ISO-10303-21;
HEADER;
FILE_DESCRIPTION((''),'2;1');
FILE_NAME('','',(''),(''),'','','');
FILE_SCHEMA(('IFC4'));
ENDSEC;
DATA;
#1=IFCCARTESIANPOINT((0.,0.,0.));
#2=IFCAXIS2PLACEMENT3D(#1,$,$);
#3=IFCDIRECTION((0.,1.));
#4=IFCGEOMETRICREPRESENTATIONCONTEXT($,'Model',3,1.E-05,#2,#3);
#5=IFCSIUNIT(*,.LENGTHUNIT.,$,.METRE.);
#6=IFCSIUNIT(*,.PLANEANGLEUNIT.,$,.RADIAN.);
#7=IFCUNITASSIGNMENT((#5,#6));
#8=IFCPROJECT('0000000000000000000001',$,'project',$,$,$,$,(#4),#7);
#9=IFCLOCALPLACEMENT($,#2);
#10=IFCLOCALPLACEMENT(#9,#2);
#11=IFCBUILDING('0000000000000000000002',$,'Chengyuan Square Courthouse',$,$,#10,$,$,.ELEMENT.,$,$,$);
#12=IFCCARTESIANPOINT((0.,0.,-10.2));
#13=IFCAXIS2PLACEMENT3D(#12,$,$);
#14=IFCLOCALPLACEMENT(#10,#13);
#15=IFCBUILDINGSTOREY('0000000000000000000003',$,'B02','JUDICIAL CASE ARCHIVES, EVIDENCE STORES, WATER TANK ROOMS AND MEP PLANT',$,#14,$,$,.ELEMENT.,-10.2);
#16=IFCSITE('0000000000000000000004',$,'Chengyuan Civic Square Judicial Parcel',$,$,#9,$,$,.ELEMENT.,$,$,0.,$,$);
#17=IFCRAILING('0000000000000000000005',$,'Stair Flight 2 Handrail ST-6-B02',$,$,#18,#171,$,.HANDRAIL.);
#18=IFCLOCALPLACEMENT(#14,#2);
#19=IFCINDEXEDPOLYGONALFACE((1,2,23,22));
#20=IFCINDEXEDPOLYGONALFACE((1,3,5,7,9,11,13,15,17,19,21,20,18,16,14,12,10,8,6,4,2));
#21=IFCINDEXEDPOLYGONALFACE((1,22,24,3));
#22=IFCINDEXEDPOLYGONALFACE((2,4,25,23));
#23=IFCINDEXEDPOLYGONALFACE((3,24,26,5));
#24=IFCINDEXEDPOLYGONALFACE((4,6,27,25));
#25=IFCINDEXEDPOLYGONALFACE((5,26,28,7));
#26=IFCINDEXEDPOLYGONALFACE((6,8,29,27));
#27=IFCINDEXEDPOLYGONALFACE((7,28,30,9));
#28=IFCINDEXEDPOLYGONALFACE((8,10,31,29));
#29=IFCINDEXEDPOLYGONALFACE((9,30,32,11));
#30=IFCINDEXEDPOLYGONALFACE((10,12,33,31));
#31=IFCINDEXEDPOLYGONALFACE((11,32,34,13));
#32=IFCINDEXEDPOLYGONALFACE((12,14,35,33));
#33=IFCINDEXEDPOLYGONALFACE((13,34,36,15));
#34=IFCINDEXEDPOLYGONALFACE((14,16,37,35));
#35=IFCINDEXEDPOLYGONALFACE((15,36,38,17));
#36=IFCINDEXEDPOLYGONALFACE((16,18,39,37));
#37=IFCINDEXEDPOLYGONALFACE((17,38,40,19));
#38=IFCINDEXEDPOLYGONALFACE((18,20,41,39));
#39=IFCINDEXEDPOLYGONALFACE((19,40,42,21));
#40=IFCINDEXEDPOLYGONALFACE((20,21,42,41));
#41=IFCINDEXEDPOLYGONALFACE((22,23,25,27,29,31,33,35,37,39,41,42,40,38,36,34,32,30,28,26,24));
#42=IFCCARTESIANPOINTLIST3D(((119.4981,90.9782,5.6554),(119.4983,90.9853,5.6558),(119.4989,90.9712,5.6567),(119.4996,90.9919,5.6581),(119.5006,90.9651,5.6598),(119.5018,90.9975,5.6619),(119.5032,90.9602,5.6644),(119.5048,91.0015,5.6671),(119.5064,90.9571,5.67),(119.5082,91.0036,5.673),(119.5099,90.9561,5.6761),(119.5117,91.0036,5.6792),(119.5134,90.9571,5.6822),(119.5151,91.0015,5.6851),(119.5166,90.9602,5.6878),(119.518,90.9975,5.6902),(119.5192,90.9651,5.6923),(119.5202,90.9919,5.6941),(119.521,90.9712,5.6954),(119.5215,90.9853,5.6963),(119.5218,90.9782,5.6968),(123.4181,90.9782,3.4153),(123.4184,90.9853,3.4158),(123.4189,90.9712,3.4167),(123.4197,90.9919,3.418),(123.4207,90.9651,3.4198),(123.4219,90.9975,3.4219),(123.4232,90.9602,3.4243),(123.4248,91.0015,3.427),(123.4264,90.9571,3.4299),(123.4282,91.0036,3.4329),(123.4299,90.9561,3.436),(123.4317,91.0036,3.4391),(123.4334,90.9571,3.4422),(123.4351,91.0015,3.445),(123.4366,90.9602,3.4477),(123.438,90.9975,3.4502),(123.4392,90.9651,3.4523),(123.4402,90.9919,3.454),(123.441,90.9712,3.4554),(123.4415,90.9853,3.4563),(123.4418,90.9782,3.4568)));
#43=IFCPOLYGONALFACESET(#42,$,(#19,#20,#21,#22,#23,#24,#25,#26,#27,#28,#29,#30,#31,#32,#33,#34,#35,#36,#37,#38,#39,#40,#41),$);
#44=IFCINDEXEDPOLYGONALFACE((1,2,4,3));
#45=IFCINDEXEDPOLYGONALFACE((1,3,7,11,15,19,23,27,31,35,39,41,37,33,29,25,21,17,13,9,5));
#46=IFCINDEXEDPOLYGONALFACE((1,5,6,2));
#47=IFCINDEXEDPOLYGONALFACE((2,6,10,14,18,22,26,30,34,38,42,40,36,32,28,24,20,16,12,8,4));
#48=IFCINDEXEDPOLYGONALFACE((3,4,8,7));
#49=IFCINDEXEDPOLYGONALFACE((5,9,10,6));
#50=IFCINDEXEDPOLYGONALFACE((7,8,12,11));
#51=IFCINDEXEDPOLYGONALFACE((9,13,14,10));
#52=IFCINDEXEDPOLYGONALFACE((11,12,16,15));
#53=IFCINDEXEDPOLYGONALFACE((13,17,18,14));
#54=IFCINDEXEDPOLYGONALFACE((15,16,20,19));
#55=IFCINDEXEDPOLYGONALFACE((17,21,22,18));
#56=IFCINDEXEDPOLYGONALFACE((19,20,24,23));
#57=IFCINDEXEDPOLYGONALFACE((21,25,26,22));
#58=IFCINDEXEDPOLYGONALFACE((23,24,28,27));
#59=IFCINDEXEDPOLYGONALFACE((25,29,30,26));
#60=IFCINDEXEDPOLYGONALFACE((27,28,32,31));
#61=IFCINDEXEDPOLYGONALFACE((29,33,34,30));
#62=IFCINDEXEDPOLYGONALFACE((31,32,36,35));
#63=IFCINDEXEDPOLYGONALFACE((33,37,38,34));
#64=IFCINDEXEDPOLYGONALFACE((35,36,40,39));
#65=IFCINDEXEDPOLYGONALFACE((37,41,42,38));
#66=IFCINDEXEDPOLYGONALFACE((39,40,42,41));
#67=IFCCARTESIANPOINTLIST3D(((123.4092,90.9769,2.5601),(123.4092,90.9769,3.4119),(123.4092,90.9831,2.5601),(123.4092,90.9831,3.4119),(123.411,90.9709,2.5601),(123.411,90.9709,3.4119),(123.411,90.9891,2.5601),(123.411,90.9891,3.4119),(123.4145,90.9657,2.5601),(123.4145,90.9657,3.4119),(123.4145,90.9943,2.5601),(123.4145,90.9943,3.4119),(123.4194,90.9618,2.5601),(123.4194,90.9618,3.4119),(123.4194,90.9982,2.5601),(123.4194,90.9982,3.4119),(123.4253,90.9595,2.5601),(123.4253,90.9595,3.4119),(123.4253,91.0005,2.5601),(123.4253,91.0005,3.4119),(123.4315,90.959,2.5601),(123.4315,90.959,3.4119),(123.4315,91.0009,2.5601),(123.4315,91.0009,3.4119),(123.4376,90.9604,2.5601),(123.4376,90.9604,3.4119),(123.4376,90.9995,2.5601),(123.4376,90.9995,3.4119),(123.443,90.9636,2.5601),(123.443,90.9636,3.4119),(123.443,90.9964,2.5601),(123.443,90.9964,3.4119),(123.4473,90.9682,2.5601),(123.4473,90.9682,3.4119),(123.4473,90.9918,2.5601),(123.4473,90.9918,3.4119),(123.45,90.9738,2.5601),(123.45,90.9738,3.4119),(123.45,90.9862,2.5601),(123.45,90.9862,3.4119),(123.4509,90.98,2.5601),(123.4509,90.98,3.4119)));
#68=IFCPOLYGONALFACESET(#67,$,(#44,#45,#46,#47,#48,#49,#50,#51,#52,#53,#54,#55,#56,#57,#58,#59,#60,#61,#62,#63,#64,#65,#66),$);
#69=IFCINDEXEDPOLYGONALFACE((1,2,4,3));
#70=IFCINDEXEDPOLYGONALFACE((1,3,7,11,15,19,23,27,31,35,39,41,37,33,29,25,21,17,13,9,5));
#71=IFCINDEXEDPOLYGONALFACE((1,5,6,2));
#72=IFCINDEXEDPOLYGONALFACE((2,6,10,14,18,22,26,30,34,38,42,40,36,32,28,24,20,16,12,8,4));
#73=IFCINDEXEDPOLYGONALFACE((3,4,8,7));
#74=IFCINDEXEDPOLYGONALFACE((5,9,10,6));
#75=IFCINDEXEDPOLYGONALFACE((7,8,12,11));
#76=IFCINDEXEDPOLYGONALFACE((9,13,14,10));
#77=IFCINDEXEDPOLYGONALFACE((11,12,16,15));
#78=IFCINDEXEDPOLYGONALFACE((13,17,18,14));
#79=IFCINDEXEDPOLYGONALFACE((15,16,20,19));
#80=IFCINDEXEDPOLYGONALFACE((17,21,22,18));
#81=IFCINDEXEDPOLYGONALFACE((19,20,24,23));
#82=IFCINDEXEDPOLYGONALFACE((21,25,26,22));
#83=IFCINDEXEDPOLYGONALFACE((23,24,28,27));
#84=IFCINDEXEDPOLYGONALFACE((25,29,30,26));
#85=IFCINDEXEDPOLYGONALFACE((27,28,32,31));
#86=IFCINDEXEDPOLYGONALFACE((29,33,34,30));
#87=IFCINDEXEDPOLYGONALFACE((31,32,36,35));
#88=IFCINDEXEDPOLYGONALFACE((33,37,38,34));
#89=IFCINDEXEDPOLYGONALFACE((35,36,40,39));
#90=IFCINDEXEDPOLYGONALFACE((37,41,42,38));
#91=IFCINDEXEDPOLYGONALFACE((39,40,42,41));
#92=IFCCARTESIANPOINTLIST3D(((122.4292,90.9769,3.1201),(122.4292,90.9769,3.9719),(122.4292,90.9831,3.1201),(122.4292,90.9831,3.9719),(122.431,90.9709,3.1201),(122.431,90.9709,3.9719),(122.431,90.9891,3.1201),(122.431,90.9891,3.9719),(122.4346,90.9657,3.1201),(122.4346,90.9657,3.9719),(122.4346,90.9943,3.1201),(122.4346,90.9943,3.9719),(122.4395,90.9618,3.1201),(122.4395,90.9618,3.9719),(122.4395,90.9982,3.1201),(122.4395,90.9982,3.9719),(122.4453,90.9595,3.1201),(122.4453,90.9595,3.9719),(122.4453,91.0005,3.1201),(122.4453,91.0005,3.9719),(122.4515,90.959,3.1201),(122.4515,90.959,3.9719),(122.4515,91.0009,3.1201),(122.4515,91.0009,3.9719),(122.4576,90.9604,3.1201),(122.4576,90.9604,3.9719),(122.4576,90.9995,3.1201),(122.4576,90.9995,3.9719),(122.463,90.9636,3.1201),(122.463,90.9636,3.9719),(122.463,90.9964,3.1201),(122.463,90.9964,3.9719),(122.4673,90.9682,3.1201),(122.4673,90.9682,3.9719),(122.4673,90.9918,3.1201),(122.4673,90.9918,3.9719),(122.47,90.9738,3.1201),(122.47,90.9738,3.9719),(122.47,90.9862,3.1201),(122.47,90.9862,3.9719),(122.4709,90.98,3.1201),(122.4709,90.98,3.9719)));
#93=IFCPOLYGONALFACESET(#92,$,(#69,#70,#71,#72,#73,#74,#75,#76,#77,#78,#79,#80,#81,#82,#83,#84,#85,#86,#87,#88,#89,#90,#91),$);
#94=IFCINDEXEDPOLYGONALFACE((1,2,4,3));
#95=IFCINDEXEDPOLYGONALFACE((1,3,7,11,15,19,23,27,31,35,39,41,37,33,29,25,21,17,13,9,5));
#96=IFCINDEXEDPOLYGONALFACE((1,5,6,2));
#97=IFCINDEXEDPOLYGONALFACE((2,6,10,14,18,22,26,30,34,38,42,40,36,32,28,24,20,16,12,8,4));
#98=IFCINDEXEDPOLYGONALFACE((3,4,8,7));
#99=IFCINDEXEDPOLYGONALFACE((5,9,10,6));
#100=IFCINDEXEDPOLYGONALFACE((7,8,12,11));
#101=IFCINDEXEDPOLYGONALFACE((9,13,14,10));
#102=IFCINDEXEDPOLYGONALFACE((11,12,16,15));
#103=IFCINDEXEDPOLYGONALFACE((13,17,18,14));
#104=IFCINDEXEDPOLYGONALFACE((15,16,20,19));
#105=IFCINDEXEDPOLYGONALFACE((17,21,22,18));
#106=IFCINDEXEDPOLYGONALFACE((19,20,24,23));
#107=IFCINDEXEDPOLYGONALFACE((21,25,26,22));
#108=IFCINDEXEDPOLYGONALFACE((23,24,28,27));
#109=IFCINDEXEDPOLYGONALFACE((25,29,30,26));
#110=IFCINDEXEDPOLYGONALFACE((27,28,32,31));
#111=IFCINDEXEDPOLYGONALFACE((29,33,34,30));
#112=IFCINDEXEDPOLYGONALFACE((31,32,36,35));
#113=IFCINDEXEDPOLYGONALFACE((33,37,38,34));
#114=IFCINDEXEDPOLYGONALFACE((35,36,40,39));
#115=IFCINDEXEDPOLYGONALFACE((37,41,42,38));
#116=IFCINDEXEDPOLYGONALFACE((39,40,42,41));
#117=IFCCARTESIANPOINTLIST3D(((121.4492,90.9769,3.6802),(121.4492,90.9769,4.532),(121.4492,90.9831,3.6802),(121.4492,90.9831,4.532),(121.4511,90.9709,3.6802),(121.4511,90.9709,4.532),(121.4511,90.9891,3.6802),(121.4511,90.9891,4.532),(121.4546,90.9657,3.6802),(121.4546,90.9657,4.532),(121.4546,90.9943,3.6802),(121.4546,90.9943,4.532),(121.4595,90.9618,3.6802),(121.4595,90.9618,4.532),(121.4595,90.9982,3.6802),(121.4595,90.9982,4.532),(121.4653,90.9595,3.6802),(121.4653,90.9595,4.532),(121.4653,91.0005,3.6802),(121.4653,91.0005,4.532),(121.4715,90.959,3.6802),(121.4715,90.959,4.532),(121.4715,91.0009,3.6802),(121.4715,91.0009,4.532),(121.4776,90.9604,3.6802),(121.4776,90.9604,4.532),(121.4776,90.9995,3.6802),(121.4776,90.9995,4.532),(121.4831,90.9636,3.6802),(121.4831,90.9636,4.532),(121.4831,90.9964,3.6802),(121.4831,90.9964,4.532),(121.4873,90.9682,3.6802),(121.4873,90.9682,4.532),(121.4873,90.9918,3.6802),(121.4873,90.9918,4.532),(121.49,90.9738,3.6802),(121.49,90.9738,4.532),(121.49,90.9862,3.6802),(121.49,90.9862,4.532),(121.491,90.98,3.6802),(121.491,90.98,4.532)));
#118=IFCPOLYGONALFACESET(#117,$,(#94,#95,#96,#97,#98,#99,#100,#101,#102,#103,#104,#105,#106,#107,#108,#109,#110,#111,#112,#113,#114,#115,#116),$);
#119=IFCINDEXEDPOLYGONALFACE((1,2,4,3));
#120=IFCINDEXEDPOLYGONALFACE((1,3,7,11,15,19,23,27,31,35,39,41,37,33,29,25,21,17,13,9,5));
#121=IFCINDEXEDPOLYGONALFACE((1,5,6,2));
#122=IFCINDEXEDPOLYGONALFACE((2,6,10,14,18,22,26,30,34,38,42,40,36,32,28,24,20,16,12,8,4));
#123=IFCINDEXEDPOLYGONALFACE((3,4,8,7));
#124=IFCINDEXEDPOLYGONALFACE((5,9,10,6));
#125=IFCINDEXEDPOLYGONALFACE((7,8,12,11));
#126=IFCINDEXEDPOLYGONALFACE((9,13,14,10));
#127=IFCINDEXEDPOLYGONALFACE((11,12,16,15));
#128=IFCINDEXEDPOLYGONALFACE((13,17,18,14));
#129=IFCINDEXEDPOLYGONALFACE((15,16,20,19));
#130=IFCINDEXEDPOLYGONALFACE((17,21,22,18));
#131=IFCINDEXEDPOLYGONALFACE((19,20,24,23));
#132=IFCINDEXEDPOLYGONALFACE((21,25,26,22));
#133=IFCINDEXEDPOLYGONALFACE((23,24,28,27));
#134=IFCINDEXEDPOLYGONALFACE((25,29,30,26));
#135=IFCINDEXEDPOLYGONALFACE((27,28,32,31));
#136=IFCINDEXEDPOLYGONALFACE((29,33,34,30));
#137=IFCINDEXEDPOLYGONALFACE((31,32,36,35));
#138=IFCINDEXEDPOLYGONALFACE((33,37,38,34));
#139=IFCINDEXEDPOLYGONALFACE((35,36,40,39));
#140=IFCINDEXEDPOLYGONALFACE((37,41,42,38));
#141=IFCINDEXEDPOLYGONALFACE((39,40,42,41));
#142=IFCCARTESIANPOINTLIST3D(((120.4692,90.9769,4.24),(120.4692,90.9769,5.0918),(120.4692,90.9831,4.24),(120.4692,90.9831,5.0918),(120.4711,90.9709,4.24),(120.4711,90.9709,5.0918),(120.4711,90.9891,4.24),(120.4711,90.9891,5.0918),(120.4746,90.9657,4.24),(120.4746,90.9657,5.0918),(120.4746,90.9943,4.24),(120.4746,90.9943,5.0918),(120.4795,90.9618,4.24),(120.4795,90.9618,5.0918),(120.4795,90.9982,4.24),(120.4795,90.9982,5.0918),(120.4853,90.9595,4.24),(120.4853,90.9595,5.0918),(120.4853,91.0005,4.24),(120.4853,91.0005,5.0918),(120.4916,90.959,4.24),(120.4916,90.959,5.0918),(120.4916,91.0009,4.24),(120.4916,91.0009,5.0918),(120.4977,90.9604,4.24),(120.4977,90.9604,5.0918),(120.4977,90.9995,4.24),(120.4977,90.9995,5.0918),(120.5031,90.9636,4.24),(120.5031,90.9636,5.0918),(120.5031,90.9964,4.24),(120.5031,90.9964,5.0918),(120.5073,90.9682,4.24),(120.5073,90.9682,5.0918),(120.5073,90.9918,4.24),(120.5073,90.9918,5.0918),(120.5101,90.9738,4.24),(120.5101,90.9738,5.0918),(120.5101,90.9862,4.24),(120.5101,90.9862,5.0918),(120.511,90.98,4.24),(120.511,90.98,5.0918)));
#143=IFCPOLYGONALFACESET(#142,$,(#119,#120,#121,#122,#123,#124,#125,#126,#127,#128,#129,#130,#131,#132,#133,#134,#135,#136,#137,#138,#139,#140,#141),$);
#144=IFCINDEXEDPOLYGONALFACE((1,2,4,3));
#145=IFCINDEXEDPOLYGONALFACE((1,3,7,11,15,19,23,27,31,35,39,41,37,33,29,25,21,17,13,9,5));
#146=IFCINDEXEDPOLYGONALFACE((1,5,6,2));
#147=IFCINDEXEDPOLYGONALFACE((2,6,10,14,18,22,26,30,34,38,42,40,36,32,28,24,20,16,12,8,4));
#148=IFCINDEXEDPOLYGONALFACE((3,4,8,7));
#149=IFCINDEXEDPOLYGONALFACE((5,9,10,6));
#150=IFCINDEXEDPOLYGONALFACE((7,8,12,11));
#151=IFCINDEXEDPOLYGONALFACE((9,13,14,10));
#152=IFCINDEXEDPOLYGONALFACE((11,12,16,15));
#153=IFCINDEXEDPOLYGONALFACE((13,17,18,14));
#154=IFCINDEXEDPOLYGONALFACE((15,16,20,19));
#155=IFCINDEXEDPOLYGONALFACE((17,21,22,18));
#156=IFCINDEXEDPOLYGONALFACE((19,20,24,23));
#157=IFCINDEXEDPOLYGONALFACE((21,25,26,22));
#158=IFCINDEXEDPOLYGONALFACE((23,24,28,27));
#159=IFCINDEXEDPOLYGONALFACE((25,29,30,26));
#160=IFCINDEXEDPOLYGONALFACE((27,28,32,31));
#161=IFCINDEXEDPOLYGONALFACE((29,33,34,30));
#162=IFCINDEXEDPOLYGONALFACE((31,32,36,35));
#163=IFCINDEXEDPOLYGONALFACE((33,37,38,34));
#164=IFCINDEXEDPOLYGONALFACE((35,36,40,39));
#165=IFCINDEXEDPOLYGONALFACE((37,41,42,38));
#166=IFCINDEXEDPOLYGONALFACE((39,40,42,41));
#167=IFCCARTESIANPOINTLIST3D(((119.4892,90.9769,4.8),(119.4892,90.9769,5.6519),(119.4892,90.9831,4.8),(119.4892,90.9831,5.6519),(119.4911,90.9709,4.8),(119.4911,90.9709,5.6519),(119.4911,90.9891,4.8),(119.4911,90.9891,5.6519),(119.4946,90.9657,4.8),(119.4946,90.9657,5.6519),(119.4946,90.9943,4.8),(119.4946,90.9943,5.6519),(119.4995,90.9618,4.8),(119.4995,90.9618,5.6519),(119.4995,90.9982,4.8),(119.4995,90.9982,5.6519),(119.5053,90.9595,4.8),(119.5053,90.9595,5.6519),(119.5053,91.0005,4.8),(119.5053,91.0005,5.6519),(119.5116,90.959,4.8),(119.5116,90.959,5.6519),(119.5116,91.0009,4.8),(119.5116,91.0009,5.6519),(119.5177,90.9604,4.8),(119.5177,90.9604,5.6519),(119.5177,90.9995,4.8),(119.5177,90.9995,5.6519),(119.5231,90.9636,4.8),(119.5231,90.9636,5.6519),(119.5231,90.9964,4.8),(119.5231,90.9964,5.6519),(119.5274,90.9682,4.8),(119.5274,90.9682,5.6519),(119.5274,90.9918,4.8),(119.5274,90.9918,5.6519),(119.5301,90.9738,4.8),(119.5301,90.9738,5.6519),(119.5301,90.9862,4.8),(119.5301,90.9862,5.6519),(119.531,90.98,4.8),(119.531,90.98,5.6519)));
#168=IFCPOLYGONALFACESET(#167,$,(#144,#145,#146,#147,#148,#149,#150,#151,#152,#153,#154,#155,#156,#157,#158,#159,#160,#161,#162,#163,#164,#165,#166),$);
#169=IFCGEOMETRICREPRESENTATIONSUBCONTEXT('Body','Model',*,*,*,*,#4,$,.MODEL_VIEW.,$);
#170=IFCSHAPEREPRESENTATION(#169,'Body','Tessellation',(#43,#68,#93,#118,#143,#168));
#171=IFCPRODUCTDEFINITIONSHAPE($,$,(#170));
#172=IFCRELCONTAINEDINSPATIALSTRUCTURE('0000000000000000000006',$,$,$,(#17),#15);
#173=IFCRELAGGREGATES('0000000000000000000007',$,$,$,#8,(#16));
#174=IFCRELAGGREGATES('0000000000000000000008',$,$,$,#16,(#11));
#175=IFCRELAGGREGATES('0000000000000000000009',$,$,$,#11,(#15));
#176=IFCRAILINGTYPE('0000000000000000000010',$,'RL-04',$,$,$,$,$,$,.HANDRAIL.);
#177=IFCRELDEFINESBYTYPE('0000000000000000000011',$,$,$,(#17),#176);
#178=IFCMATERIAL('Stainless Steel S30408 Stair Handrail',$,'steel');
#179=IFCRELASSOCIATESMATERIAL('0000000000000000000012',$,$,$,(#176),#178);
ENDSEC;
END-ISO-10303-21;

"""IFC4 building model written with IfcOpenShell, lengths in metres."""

from ifc_helpers import new_model, si_unit, direction, frame, origin, origin_2d, place, context, subcontext, project, spatial, circle, extrude, material, type_object, element, save


model = new_model("IFC4")

# Units and contexts
model_context = context("Model", 3, precision=1e-05, world=origin(), true_north=direction((0.0, 1.0)))
body_context = subcontext(model_context, "Body", "Model", "MODEL_VIEW")
ifc_project = project(units=[si_unit("LENGTHUNIT", "METRE"), si_unit("PLANEANGLEUNIT", "RADIAN")], contexts=[model_context])

# Site, building, storey
site_placement = place(None, origin())
site = spatial("IfcSite", under=ifc_project, at=site_placement, Name="Chengyuan Civic Square Judicial Parcel", CompositionType="ELEMENT", RefElevation=0.0)
building_placement = place(site_placement, origin())
building = spatial("IfcBuilding", under=site, at=building_placement, Name="Chengyuan Square Courthouse", CompositionType="ELEMENT")
storey_placement = place(building_placement, frame((0.0, 0.0, -10.2)))
storey = spatial("IfcBuildingStorey", under=building, at=storey_placement, Name="B02", Description="JUDICIAL CASE ARCHIVES, EVIDENCE STORES, WATER TANK ROOMS AND MEP PLANT", CompositionType="ELEMENT", Elevation=-10.2)

# Railing
ifc_material_1 = material(Name="Stainless Steel S30408 Stair Handrail", Category="steel")
railing_type_1 = type_object("IfcRailingType", Name="RL-04", PredefinedType="HANDRAIL", material=ifc_material_1)
railing_1_placement = place(storey_placement, frame((123.4299, 90.98, 2.5601)))
element("IfcRailing", 1, at=railing_1_placement, inside=storey, type_object=railing_type_1, Name="Stair Flight 2 Handrail ST-6-B02", PredefinedType="HANDRAIL", context=body_context, shape_type="SweptSolid", body=[
    extrude(circle(Radius=0.0239, at=origin_2d()), frame((0.0, 0.0, 0.876), z_axis=(-0.86824, 0.0, 0.496145), x_axis=(0.0, -1.0, 0.0)), (0.0, 0.0, 1.0), 4.5149),
    extrude(circle(Radius=0.021, at=origin_2d()), origin(), (0.0, 0.0, 1.0), 0.8518),
    extrude(circle(Radius=0.021, at=origin_2d()), frame((-0.98, 0.0, 0.5601)), (0.0, 0.0, 1.0), 0.8518),
    extrude(circle(Radius=0.021, at=origin_2d()), frame((-1.96, 0.0, 1.1201)), (0.0, 0.0, 1.0), 0.8518),
    extrude(circle(Radius=0.021, at=origin_2d()), frame((-2.9399, 0.0, 1.6799)), (0.0, 0.0, 1.0), 0.8518),
    extrude(circle(Radius=0.021, at=origin_2d()), frame((-3.9199, 0.0, 2.24)), (0.0, 0.0, 1.0), 0.8518),
])

save(model, "model.ifc")
